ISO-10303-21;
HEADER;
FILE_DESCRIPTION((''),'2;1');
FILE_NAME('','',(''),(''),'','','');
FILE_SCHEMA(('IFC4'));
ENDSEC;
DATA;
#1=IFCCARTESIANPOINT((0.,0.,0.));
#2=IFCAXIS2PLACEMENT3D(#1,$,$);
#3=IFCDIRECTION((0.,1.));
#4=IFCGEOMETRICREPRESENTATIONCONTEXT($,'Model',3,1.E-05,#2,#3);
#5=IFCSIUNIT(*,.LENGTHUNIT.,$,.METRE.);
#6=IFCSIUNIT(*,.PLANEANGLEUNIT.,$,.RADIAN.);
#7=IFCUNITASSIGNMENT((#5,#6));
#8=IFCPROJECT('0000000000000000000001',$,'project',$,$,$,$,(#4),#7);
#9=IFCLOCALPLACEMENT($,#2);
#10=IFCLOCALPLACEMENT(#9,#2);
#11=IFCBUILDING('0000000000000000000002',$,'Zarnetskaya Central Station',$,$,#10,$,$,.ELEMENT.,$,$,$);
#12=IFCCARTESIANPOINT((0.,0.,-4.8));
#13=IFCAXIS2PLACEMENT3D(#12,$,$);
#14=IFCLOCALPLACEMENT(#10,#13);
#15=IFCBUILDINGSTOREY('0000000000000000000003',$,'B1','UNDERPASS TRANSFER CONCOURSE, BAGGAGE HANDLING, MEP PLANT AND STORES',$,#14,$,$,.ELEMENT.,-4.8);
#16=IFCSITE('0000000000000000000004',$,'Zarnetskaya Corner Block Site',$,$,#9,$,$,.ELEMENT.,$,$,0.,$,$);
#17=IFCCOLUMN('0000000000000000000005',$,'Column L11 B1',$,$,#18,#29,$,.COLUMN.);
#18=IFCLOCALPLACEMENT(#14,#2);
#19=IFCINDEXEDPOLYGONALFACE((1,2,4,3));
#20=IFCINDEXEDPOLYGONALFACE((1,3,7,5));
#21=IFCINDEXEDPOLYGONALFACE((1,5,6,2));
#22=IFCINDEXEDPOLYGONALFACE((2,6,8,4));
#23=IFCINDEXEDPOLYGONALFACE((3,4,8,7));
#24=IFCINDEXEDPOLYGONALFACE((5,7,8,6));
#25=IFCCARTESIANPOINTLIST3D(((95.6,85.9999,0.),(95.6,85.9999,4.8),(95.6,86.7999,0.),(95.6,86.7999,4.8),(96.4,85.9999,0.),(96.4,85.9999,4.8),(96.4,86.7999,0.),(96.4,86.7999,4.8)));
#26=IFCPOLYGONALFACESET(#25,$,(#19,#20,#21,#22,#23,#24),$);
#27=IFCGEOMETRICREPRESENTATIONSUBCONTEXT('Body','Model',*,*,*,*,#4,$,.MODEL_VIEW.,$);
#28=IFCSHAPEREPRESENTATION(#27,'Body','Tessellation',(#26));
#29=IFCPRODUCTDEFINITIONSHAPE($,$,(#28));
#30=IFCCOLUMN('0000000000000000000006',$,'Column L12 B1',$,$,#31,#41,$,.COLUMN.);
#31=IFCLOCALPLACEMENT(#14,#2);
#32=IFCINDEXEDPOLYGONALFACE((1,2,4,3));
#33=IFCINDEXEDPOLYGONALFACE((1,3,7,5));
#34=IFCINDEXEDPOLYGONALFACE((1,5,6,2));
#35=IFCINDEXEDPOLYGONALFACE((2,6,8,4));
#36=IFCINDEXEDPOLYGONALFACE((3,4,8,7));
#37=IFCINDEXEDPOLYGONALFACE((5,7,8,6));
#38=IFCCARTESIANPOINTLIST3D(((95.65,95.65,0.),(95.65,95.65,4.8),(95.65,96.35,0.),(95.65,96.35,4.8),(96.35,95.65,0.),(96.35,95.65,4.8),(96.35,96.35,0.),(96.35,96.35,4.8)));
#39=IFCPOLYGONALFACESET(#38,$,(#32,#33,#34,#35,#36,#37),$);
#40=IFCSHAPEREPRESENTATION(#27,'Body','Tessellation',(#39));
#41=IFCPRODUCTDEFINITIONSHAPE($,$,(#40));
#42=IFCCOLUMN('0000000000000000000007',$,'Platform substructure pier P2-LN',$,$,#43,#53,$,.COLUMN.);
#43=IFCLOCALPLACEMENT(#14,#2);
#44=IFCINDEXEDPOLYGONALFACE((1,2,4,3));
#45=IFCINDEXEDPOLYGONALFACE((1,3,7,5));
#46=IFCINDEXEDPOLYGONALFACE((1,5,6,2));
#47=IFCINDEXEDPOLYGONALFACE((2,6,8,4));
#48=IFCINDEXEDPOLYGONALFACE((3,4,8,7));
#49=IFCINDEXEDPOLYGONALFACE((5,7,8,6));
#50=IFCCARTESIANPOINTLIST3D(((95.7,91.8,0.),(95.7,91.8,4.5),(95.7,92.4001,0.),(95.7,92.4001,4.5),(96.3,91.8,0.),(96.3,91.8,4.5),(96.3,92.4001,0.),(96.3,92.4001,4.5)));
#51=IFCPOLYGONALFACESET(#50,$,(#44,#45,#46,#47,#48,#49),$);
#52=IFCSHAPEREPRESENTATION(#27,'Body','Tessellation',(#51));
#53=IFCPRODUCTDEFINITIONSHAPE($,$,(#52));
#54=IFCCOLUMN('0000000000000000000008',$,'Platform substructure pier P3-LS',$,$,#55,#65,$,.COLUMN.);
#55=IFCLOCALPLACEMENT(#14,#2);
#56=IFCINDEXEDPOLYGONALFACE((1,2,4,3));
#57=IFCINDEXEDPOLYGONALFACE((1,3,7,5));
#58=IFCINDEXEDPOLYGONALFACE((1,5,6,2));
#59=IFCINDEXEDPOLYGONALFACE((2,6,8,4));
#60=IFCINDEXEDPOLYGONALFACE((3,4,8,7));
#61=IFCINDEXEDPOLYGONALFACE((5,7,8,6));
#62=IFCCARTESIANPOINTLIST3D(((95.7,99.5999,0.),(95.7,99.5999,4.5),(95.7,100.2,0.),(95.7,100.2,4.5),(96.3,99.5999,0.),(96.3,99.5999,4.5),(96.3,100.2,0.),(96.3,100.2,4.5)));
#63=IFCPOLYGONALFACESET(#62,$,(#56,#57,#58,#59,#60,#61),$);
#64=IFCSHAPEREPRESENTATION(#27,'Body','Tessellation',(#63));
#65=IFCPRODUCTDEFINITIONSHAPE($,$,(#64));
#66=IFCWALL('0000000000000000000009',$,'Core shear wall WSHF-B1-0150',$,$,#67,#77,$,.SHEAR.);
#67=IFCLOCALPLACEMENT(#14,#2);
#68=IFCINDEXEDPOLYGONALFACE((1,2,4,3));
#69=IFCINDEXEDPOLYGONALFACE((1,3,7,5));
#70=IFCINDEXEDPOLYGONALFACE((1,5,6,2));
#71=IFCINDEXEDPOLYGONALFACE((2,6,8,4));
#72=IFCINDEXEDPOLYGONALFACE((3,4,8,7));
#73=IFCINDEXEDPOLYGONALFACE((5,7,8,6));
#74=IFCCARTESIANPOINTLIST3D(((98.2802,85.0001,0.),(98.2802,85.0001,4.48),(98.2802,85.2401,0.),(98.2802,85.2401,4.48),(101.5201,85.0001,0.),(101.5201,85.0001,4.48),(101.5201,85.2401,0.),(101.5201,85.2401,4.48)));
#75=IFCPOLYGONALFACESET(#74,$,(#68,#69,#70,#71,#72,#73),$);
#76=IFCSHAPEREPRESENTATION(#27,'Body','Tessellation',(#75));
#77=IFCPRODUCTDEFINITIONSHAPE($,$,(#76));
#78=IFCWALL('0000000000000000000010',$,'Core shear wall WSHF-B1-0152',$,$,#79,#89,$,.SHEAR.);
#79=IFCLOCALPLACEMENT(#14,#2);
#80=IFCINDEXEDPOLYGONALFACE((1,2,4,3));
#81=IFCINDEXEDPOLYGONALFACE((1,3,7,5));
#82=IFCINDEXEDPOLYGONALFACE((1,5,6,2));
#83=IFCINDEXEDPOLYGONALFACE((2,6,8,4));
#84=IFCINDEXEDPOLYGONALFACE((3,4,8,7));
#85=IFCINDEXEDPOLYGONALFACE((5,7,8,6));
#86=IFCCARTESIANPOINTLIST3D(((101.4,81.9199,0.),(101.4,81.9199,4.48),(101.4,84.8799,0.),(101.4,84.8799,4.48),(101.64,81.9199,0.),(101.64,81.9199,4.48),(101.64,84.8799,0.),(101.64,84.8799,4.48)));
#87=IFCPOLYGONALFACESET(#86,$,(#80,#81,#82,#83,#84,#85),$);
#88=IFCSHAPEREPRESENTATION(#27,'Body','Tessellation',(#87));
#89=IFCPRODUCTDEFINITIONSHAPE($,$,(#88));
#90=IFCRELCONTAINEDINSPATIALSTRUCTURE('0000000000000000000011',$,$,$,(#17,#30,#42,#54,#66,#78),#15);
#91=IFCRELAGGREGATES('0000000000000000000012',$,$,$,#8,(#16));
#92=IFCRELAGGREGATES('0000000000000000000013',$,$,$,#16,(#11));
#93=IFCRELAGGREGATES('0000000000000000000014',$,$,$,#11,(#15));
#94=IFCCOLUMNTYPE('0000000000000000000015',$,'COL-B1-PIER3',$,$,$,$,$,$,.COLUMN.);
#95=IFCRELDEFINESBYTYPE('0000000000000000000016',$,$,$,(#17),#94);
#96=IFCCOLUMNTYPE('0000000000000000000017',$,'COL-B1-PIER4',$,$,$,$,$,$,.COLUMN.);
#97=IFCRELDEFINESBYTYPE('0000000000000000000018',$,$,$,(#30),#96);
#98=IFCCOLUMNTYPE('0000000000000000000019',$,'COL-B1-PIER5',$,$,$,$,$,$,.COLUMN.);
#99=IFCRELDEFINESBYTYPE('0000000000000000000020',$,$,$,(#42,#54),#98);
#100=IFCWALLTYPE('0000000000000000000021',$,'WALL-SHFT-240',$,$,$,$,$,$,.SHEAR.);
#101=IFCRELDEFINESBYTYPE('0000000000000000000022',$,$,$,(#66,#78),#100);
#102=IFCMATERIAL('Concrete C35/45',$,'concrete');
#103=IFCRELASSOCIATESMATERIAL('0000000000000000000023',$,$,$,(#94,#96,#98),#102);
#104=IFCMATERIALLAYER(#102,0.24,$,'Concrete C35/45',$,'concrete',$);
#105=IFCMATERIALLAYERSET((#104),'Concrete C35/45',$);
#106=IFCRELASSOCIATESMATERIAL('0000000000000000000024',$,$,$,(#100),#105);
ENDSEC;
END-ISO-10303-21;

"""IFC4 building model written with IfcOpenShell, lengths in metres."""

from ifc_helpers import new_model, si_unit, direction, frame, frame_2d, origin, origin_2d, place, context, subcontext, project, spatial, rectangle, extrude, material, layer, layer_set, material_profile, profile_set, type_object, element, save


model = new_model("IFC4")

# Units and contexts
model_context = context("Model", 3, precision=1e-05, world=origin(), true_north=direction((0.0, 1.0)))
body_context = subcontext(model_context, "Body", "Model", "MODEL_VIEW")
ifc_project = project(units=[si_unit("LENGTHUNIT", "METRE"), si_unit("PLANEANGLEUNIT", "RADIAN")], contexts=[model_context])

# Site, building, storey
site_placement = place(None, origin())
site = spatial("IfcSite", under=ifc_project, at=site_placement, Name="Zarnetskaya Corner Block Site", CompositionType="ELEMENT", RefElevation=0.0)
building_placement = place(site_placement, origin())
building = spatial("IfcBuilding", under=site, at=building_placement, Name="Zarnetskaya Central Station", CompositionType="ELEMENT")
storey_placement = place(building_placement, frame((0.0, 0.0, -4.8)))
storey = spatial("IfcBuildingStorey", under=building, at=storey_placement, Name="B1", Description="UNDERPASS TRANSFER CONCOURSE, BAGGAGE HANDLING, MEP PLANT AND STORES", CompositionType="ELEMENT", Elevation=-4.8)

# Shared definitions
ifc_material = material(Name="Concrete C35/45", Category="concrete")

# Columns
ifc_material_profile_1 = material_profile(ifc_material, rectangle(XDim=0.8, YDim=0.8, at=origin_2d()), Name="RC 800x800")
ifc_profile_set_1 = profile_set([ifc_material_profile_1], Name="Concrete C35/45")
column_type_1 = type_object("IfcColumnType", Name="COL-B1-PIER3", PredefinedType="COLUMN", material=ifc_profile_set_1)
column_1_placement = place(storey_placement, frame((96.0, 86.3999, 0.0), z_axis=(0.0, 0.0, 1.0), x_axis=(1.0, 0.0, 0.0)))
element("IfcColumn", 1, at=column_1_placement, inside=storey, type_object=column_type_1, Name="Column L11 B1", PredefinedType="COLUMN", context=body_context, shape_type="SweptSolid", body=[
    extrude(rectangle(XDim=0.8, YDim=0.8, at=origin_2d()), origin(), (0.0, 0.0, 1.0), 4.8),
])
ifc_material_profile_2 = material_profile(ifc_material, rectangle(XDim=0.7, YDim=0.7, at=origin_2d()), Name="RC 700x700")
ifc_profile_set_2 = profile_set([ifc_material_profile_2], Name="Concrete C35/45")
column_type_2 = type_object("IfcColumnType", Name="COL-B1-PIER4", PredefinedType="COLUMN", material=ifc_profile_set_2)
column_2_placement = place(storey_placement, frame((96.0, 96.0, 0.0), z_axis=(0.0, 0.0, 1.0), x_axis=(1.0, 0.0, 0.0)))
element("IfcColumn", 2, at=column_2_placement, inside=storey, type_object=column_type_2, Name="Column L12 B1", PredefinedType="COLUMN", context=body_context, shape_type="SweptSolid", body=[
    extrude(rectangle(XDim=0.7, YDim=0.7, at=origin_2d()), origin(), (0.0, 0.0, 1.0), 4.8),
])
ifc_material_profile_3 = material_profile(ifc_material, rectangle(XDim=0.6001, YDim=0.6001, at=origin_2d()), Name="RC 600x600")
ifc_profile_set_3 = profile_set([ifc_material_profile_3], Name="Concrete C35/45")
column_type_3 = type_object("IfcColumnType", Name="COL-B1-PIER5", PredefinedType="COLUMN", material=ifc_profile_set_3)
for number, where, z_axis, x_axis, name in (
    (3, (96.0, 92.1001, 0.0), (0.0, 0.0, 1.0), (1.0, 0.0, 0.0), "Platform substructure pier P2-LN"),
    (4, (96.0, 99.8999, 0.0), (0.0, 0.0, 1.0), (1.0, 0.0, 0.0), "Platform substructure pier P3-LS"),
):
    element("IfcColumn", number, at=place(storey_placement, frame(where, z_axis=z_axis, x_axis=x_axis)), inside=storey, type_object=column_type_3, Name=name, PredefinedType="COLUMN", context=body_context, shape_type="SweptSolid", body=[
        extrude(rectangle(XDim=0.6001, YDim=0.6001, at=origin_2d()), origin(), (0.0, 0.0, 1.0), 4.5),
    ])

# Walls
ifc_layer = layer(ifc_material, 0.24, Name="Concrete C35/45", Category="concrete")
ifc_layer_set = layer_set([ifc_layer], Name="Concrete C35/45")
wall_type = type_object("IfcWallType", Name="WALL-SHFT-240", PredefinedType="SHEAR", material=ifc_layer_set)
wall_1_placement = place(storey_placement, frame((98.28, 85.1201, 0.0), z_axis=(0.0, 0.0, 1.0), x_axis=(1.0, 0.0, 0.0)))
element("IfcWall", 5, at=wall_1_placement, inside=storey, type_object=wall_type, Name="Core shear wall WSHF-B1-0150", PredefinedType="SHEAR", context=body_context, shape_type="SweptSolid", body=[
    extrude(rectangle(XDim=3.24, YDim=0.24, at=frame_2d((1.6201, 0.0))), origin(), (0.0, 0.0, 1.0), 4.48),
])
wall_2_placement = place(storey_placement, frame((101.52, 84.8799, 0.0), z_axis=(0.0, 0.0, 1.0), x_axis=(0.0, -1.0, 0.0)))
element("IfcWall", 6, at=wall_2_placement, inside=storey, type_object=wall_type, Name="Core shear wall WSHF-B1-0152", PredefinedType="SHEAR", context=body_context, shape_type="SweptSolid", body=[
    extrude(rectangle(XDim=2.96, YDim=0.24, at=frame_2d((1.48, 0.0))), origin(), (0.0, 0.0, 1.0), 4.48),
])

save(model, "model.ifc")
